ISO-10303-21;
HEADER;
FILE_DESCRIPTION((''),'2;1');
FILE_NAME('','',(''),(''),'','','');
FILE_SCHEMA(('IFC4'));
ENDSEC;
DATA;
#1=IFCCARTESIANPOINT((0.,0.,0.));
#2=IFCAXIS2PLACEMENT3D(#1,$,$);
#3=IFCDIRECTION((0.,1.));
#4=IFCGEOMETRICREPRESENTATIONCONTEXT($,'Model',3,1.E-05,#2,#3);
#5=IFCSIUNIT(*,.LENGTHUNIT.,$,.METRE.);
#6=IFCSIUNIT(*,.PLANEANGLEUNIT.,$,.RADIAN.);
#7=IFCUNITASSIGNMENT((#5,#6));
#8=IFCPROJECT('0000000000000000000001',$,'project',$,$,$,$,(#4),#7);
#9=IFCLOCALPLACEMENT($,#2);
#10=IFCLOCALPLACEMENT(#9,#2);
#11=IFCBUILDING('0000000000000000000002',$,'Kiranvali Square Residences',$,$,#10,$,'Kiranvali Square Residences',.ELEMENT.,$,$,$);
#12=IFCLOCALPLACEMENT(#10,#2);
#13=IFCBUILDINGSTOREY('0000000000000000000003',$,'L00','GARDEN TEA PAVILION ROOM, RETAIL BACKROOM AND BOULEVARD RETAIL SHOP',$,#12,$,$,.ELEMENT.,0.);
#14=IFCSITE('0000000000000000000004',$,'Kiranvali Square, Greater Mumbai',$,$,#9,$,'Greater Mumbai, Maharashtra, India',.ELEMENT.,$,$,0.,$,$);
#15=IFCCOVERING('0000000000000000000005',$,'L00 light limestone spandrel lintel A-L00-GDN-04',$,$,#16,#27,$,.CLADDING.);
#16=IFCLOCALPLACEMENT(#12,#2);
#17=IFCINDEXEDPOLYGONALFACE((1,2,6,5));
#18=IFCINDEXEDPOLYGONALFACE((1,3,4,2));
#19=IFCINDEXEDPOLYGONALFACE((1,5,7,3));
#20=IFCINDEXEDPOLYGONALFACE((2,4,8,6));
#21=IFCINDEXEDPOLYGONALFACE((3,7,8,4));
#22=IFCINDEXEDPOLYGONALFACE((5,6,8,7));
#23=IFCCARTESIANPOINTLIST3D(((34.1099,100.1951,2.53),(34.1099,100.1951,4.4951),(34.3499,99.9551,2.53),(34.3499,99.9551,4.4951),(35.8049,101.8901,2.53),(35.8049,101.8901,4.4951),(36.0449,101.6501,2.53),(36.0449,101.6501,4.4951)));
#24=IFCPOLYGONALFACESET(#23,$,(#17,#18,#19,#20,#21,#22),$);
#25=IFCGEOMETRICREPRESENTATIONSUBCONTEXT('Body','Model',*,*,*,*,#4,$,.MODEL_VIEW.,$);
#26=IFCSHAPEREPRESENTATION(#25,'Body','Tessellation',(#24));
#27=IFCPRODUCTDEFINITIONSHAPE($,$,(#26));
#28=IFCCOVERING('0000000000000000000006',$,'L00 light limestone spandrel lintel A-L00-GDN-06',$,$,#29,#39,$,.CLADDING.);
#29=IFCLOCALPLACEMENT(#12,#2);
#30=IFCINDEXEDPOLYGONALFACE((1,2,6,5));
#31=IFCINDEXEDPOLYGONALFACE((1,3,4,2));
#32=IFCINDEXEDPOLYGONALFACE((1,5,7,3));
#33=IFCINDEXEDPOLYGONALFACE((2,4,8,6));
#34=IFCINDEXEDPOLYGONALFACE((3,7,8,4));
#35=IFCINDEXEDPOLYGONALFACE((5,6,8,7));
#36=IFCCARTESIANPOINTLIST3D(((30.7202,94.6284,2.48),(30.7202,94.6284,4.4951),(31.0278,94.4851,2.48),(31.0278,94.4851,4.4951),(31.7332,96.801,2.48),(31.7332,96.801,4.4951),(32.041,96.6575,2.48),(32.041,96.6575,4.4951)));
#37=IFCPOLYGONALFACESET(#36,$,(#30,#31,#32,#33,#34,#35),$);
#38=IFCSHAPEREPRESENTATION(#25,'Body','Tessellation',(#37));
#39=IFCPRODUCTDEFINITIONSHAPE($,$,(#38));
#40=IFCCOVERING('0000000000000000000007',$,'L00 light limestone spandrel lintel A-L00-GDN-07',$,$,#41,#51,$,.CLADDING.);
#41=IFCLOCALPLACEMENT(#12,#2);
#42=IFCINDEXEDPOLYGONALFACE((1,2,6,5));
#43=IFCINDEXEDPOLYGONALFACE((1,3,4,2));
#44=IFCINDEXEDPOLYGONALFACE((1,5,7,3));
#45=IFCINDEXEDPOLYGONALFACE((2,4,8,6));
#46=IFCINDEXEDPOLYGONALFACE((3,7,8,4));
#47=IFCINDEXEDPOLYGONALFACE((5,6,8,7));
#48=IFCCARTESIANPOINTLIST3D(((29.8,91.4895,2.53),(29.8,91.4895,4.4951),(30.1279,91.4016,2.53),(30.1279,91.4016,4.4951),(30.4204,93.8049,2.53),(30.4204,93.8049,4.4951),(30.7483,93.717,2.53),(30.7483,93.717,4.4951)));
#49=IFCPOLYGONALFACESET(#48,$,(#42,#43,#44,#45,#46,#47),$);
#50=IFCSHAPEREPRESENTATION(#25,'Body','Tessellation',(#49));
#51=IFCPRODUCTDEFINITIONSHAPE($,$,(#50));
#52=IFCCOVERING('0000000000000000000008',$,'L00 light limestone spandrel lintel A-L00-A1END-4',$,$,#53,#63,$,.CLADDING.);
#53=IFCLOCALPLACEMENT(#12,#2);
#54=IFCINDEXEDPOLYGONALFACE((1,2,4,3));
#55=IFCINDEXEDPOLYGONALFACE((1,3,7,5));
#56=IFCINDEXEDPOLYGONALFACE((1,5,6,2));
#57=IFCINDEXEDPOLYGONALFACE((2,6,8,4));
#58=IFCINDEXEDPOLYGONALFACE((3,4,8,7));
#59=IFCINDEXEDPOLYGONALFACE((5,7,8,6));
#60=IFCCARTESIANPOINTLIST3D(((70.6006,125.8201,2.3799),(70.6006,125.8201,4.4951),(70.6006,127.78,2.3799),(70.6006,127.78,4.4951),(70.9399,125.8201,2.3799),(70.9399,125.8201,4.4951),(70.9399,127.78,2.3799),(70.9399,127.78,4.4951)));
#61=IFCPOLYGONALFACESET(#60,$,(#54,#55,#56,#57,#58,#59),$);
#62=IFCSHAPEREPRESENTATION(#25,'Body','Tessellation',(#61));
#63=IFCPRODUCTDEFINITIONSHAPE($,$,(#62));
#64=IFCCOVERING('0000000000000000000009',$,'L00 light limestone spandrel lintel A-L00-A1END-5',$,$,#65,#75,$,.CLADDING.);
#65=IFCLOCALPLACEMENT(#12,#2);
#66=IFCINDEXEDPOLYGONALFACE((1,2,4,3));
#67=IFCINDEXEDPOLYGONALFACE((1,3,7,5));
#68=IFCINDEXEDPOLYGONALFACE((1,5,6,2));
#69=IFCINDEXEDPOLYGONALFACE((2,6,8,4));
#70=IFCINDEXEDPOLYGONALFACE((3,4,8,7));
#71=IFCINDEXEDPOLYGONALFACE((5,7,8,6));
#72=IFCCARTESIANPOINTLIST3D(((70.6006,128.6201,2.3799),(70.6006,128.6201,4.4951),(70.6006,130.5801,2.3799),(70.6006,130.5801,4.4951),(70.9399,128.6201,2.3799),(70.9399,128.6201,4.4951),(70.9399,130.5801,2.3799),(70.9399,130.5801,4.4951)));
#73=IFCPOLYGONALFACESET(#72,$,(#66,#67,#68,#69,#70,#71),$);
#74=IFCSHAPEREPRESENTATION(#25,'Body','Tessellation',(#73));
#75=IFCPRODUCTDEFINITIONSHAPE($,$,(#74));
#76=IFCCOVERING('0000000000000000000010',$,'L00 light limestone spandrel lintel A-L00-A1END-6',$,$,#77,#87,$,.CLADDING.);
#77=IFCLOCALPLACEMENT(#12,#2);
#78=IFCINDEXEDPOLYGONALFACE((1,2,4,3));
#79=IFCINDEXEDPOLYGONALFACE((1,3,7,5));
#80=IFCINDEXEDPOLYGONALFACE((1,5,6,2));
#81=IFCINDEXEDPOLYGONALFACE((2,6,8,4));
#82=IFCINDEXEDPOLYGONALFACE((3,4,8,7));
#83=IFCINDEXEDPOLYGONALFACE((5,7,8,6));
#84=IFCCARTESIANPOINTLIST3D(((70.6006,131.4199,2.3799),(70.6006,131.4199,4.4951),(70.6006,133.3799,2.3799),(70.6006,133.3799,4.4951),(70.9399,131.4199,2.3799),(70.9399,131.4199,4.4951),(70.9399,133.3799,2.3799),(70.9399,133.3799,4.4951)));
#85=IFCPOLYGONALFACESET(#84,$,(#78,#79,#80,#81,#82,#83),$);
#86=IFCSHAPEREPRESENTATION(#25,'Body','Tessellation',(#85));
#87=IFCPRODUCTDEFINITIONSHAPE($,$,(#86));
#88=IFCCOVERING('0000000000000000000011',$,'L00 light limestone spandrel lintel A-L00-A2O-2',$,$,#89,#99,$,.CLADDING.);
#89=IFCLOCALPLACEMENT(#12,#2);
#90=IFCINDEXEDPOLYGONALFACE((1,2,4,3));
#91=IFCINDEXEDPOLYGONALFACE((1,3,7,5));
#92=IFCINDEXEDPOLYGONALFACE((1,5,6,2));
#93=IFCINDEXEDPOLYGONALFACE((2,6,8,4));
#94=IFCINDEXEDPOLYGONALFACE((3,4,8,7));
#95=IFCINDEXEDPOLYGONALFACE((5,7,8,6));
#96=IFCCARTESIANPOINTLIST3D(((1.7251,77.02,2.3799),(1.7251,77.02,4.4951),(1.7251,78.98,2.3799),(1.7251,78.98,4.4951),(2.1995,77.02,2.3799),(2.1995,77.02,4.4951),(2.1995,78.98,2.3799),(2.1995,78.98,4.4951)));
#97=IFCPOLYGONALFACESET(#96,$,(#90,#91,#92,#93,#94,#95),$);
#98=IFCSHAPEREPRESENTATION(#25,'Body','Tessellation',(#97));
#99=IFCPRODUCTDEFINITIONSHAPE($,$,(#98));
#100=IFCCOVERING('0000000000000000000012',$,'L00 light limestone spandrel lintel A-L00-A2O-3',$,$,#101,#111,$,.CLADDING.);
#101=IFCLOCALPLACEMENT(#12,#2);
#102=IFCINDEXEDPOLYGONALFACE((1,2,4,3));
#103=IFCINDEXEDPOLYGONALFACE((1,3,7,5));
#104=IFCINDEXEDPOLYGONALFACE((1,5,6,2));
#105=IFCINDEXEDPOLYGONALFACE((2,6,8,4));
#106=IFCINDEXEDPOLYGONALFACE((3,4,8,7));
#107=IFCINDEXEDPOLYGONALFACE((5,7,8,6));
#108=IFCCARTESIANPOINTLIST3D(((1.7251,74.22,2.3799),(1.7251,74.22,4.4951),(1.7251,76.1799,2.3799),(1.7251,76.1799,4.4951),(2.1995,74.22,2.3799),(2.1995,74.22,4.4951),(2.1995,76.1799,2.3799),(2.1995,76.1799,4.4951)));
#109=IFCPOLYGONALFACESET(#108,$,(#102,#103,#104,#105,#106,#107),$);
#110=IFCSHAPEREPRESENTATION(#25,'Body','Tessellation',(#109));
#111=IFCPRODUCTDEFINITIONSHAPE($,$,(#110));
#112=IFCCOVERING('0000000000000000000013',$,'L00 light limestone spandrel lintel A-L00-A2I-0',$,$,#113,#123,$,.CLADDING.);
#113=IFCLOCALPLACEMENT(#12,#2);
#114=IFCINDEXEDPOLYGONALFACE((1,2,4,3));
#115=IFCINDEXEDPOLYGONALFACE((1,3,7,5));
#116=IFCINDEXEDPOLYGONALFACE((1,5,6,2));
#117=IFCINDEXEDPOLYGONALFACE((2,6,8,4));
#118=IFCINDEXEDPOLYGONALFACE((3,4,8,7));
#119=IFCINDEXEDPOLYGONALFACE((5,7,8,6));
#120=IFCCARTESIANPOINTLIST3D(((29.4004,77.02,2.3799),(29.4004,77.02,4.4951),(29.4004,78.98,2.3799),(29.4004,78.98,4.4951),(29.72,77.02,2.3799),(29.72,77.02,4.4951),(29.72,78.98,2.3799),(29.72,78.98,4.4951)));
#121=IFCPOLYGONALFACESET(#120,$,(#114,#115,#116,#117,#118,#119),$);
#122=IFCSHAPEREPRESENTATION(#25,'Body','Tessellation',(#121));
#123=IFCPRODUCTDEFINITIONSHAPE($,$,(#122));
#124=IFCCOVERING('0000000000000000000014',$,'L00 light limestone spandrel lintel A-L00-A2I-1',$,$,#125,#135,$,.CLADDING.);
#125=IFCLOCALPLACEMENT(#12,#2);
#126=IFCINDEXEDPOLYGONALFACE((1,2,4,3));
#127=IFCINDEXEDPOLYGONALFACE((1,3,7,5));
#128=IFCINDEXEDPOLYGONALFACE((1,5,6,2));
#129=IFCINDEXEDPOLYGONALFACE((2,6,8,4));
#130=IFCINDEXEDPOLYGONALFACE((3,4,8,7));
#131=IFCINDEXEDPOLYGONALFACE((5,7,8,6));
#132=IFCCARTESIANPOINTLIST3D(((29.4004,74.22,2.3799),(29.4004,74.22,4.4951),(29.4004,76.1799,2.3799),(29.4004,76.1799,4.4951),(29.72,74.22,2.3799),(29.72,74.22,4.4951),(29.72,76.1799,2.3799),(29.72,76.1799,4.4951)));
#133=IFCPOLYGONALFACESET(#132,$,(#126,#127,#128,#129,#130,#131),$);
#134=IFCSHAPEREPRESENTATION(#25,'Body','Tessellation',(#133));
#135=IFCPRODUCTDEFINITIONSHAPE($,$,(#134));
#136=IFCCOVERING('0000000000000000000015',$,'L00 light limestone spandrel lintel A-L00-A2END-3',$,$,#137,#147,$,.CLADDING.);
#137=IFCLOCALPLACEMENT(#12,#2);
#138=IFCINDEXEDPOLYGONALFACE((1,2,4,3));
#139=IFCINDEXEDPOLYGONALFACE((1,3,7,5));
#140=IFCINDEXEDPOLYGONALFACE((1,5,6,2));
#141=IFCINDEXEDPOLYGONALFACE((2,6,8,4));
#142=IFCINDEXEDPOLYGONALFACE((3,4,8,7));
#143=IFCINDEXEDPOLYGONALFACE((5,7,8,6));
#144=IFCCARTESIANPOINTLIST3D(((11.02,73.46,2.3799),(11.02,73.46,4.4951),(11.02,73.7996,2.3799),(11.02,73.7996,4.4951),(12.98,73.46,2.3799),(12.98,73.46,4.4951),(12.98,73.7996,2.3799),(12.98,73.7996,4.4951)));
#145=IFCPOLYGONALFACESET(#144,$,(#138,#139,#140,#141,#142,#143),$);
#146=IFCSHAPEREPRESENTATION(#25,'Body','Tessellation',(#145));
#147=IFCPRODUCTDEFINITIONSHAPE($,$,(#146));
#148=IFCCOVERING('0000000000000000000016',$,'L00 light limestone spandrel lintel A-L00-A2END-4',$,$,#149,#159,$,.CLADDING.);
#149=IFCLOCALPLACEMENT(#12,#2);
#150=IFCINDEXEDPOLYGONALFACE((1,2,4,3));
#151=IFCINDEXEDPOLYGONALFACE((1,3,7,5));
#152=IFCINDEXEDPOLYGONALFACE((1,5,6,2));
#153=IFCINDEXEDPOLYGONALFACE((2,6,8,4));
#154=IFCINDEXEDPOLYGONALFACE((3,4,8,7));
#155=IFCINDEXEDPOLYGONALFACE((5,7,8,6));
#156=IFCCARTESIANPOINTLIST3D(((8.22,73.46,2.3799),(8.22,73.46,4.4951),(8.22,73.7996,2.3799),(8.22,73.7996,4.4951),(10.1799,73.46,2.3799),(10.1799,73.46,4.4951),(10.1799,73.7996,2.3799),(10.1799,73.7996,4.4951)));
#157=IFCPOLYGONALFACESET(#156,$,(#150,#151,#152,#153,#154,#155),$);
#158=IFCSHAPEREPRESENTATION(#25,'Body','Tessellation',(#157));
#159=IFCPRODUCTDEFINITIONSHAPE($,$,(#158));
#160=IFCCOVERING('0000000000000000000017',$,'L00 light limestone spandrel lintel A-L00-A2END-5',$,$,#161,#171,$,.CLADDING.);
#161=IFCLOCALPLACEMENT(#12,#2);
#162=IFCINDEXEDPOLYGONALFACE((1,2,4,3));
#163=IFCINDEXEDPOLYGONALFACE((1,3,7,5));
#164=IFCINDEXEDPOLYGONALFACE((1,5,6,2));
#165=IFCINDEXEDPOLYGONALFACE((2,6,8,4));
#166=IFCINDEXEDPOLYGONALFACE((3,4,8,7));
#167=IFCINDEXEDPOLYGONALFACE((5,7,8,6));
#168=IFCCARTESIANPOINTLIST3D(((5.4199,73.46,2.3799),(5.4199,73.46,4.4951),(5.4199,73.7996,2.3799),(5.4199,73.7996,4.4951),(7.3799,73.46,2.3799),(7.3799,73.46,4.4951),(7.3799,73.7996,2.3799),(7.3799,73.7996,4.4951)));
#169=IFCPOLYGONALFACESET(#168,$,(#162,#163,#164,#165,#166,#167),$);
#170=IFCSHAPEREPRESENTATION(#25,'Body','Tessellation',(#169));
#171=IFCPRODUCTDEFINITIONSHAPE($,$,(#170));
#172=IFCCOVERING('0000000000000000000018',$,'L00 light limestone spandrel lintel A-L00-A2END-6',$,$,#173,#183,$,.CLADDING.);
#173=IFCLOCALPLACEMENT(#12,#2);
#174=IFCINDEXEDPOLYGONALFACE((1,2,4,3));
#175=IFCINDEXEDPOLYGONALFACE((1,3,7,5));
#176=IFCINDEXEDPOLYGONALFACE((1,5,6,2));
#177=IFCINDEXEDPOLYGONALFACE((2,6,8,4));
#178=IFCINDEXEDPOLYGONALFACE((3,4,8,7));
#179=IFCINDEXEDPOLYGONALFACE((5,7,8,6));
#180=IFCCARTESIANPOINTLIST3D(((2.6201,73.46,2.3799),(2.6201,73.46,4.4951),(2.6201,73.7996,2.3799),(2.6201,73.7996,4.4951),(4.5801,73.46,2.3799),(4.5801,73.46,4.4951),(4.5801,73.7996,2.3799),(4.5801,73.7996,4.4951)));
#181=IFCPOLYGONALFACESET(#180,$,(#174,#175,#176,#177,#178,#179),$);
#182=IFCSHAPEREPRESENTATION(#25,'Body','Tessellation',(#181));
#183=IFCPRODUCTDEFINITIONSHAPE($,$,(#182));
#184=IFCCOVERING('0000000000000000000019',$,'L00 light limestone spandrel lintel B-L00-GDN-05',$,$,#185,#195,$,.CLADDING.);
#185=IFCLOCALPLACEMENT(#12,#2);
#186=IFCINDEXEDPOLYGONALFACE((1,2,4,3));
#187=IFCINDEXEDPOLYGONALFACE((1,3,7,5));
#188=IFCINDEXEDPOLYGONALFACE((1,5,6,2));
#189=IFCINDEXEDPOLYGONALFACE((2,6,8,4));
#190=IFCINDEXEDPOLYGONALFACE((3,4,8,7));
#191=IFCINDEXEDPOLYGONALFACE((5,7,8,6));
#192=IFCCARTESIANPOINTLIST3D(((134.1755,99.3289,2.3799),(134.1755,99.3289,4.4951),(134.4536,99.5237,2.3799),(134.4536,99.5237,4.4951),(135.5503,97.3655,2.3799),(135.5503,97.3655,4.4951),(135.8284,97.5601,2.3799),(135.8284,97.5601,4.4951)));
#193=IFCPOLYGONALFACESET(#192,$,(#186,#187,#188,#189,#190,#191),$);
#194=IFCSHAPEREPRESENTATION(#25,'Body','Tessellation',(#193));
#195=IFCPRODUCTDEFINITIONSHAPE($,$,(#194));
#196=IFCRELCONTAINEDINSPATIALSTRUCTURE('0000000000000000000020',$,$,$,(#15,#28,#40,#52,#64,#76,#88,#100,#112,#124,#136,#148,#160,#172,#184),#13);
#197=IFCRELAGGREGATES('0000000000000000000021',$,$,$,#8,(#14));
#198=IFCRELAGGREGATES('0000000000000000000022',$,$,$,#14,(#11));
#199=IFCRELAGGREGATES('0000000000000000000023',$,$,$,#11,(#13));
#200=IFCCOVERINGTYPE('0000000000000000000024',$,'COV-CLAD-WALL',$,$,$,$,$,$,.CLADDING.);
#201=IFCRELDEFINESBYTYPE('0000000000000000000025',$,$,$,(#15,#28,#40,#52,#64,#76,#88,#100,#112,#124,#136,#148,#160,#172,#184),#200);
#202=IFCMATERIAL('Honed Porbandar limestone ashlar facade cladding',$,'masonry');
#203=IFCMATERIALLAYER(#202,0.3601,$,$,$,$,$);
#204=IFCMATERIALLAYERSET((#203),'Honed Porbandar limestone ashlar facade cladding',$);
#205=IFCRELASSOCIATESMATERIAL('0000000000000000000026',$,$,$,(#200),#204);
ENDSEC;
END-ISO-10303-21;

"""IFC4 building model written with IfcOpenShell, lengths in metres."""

from ifc_helpers import new_model, si_unit, direction, frame, origin, place, context, subcontext, project, spatial, polyline, outline, extrude, material, layer, layer_set, type_object, element, save


model = new_model("IFC4")

# Units and contexts
model_context = context("Model", 3, precision=1e-05, world=origin(), true_north=direction((0.0, 1.0)))
body_context = subcontext(model_context, "Body", "Model", "MODEL_VIEW")
ifc_project = project(units=[si_unit("LENGTHUNIT", "METRE"), si_unit("PLANEANGLEUNIT", "RADIAN")], contexts=[model_context])

# Site, building, storey
site_placement = place(None, origin())
site = spatial("IfcSite", under=ifc_project, at=site_placement, Name="Kiranvali Square, Greater Mumbai", LongName="Greater Mumbai, Maharashtra, India", CompositionType="ELEMENT", RefElevation=0.0)
building_placement = place(site_placement, origin())
building = spatial("IfcBuilding", under=site, at=building_placement, Name="Kiranvali Square Residences", LongName="Kiranvali Square Residences", CompositionType="ELEMENT")
storey_placement = place(building_placement, origin())
storey = spatial("IfcBuildingStorey", under=building, at=storey_placement, Name="L00", Description="GARDEN TEA PAVILION ROOM, RETAIL BACKROOM AND BOULEVARD RETAIL SHOP", CompositionType="ELEMENT", Elevation=0.0)

# Coverings
ifc_material = material(Name="Honed Porbandar limestone ashlar facade cladding", Category="masonry")
ifc_layer = layer(ifc_material, 0.3601)
ifc_layer_set = layer_set([ifc_layer], Name="Honed Porbandar limestone ashlar facade cladding")
covering_type = type_object("IfcCoveringType", Name="COV-CLAD-WALL", PredefinedType="CLADDING", material=ifc_layer_set)
covering_1_placement = place(storey_placement, frame((0.0, 0.0, 2.53)))
element("IfcCovering", 1, at=covering_1_placement, inside=storey, type_object=covering_type, Name="L00 light limestone spandrel lintel A-L00-GDN-04", PredefinedType="CLADDING", context=body_context, shape_type="SweptSolid", body=[
    extrude(outline(polyline([(35.8049, 101.8901), (34.1099, 100.1951), (34.3499, 99.9551), (36.0449, 101.6501), (35.8049, 101.8901)])), origin(), (0.0, 0.0, 1.0), 1.9651),
])
covering_2_placement = place(storey_placement, frame((0.0, 0.0, 2.48)))
element("IfcCovering", 2, at=covering_2_placement, inside=storey, type_object=covering_type, Name="L00 light limestone spandrel lintel A-L00-GDN-06", PredefinedType="CLADDING", context=body_context, shape_type="SweptSolid", body=[
    extrude(outline(polyline([(31.7332, 96.801), (30.7202, 94.6284), (31.0278, 94.4851), (32.041, 96.6575), (31.7332, 96.801)])), origin(), (0.0, 0.0, 1.0), 2.0151),
])
covering_3_placement = place(storey_placement, frame((0.0, 0.0, 2.53)))
element("IfcCovering", 3, at=covering_3_placement, inside=storey, type_object=covering_type, Name="L00 light limestone spandrel lintel A-L00-GDN-07", PredefinedType="CLADDING", context=body_context, shape_type="SweptSolid", body=[
    extrude(outline(polyline([(30.4204, 93.8049), (29.8, 91.4895), (30.1279, 91.4016), (30.7483, 93.717), (30.4204, 93.8049)])), origin(), (0.0, 0.0, 1.0), 1.9651),
])
covering_4_placement = place(storey_placement, frame((0.0, 0.0, 2.3799)))
element("IfcCovering", 4, at=covering_4_placement, inside=storey, type_object=covering_type, Name="L00 light limestone spandrel lintel A-L00-A1END-4", PredefinedType="CLADDING", context=body_context, shape_type="SweptSolid", body=[
    extrude(outline(polyline([(70.9399, 125.8201), (70.9399, 127.78), (70.6006, 127.78), (70.6006, 125.8201), (70.9399, 125.8201)])), origin(), (0.0, 0.0, 1.0), 2.1152),
])
covering_5_placement = place(storey_placement, frame((0.0, 0.0, 2.3799)))
element("IfcCovering", 5, at=covering_5_placement, inside=storey, type_object=covering_type, Name="L00 light limestone spandrel lintel A-L00-A1END-5", PredefinedType="CLADDING", context=body_context, shape_type="SweptSolid", body=[
    extrude(outline(polyline([(70.9399, 128.6201), (70.9399, 130.5801), (70.6006, 130.5801), (70.6006, 128.6201), (70.9399, 128.6201)])), origin(), (0.0, 0.0, 1.0), 2.1152),
])
covering_6_placement = place(storey_placement, frame((0.0, 0.0, 2.3799)))
element("IfcCovering", 6, at=covering_6_placement, inside=storey, type_object=covering_type, Name="L00 light limestone spandrel lintel A-L00-A1END-6", PredefinedType="CLADDING", context=body_context, shape_type="SweptSolid", body=[
    extrude(outline(polyline([(70.9399, 131.4199), (70.9399, 133.3799), (70.6006, 133.3799), (70.6006, 131.4199), (70.9399, 131.4199)])), origin(), (0.0, 0.0, 1.0), 2.1152),
])
covering_7_placement = place(storey_placement, frame((0.0, 0.0, 2.3799)))
element("IfcCovering", 7, at=covering_7_placement, inside=storey, type_object=covering_type, Name="L00 light limestone spandrel lintel A-L00-A2O-2", PredefinedType="CLADDING", context=body_context, shape_type="SweptSolid", body=[
    extrude(outline(polyline([(1.7251, 78.98), (1.7251, 77.02), (2.1995, 77.02), (2.1995, 78.98), (1.7251, 78.98)])), origin(), (0.0, 0.0, 1.0), 2.1152),
])
covering_8_placement = place(storey_placement, frame((0.0, 0.0, 2.3799)))
element("IfcCovering", 8, at=covering_8_placement, inside=storey, type_object=covering_type, Name="L00 light limestone spandrel lintel A-L00-A2O-3", PredefinedType="CLADDING", context=body_context, shape_type="SweptSolid", body=[
    extrude(outline(polyline([(1.7251, 76.1799), (1.7251, 74.22), (2.1995, 74.22), (2.1995, 76.1799), (1.7251, 76.1799)])), origin(), (0.0, 0.0, 1.0), 2.1152),
])
covering_9_placement = place(storey_placement, frame((0.0, 0.0, 2.3799)))
element("IfcCovering", 9, at=covering_9_placement, inside=storey, type_object=covering_type, Name="L00 light limestone spandrel lintel A-L00-A2I-0", PredefinedType="CLADDING", context=body_context, shape_type="SweptSolid", body=[
    extrude(outline(polyline([(29.4004, 78.98), (29.4004, 77.02), (29.72, 77.02), (29.72, 78.98), (29.4004, 78.98)])), origin(), (0.0, 0.0, 1.0), 2.1152),
])
covering_10_placement = place(storey_placement, frame((0.0, 0.0, 2.3799)))
element("IfcCovering", 10, at=covering_10_placement, inside=storey, type_object=covering_type, Name="L00 light limestone spandrel lintel A-L00-A2I-1", PredefinedType="CLADDING", context=body_context, shape_type="SweptSolid", body=[
    extrude(outline(polyline([(29.4004, 76.1799), (29.4004, 74.22), (29.72, 74.22), (29.72, 76.1799), (29.4004, 76.1799)])), origin(), (0.0, 0.0, 1.0), 2.1152),
])
covering_11_placement = place(storey_placement, frame((0.0, 0.0, 2.3799)))
element("IfcCovering", 11, at=covering_11_placement, inside=storey, type_object=covering_type, Name="L00 light limestone spandrel lintel A-L00-A2END-3", PredefinedType="CLADDING", context=body_context, shape_type="SweptSolid", body=[
    extrude(outline(polyline([(12.98, 73.7996), (11.02, 73.7996), (11.02, 73.46), (12.98, 73.46), (12.98, 73.7996)])), origin(), (0.0, 0.0, 1.0), 2.1152),
])
covering_12_placement = place(storey_placement, frame((0.0, 0.0, 2.3799)))
element("IfcCovering", 12, at=covering_12_placement, inside=storey, type_object=covering_type, Name="L00 light limestone spandrel lintel A-L00-A2END-4", PredefinedType="CLADDING", context=body_context, shape_type="SweptSolid", body=[
    extrude(outline(polyline([(10.1799, 73.7996), (8.22, 73.7996), (8.22, 73.46), (10.1799, 73.46), (10.1799, 73.7996)])), origin(), (0.0, 0.0, 1.0), 2.1152),
])
covering_13_placement = place(storey_placement, frame((0.0, 0.0, 2.3799)))
element("IfcCovering", 13, at=covering_13_placement, inside=storey, type_object=covering_type, Name="L00 light limestone spandrel lintel A-L00-A2END-5", PredefinedType="CLADDING", context=body_context, shape_type="SweptSolid", body=[
    extrude(outline(polyline([(7.3799, 73.7996), (5.4199, 73.7996), (5.4199, 73.46), (7.3799, 73.46), (7.3799, 73.7996)])), origin(), (0.0, 0.0, 1.0), 2.1152),
])
covering_14_placement = place(storey_placement, frame((0.0, 0.0, 2.3799)))
element("IfcCovering", 14, at=covering_14_placement, inside=storey, type_object=covering_type, Name="L00 light limestone spandrel lintel A-L00-A2END-6", PredefinedType="CLADDING", context=body_context, shape_type="SweptSolid", body=[
    extrude(outline(polyline([(4.5801, 73.7996), (2.6201, 73.7996), (2.6201, 73.46), (4.5801, 73.46), (4.5801, 73.7996)])), origin(), (0.0, 0.0, 1.0), 2.1152),
])
covering_15_placement = place(storey_placement, frame((0.0, 0.0, 2.3799)))
element("IfcCovering", 15, at=covering_15_placement, inside=storey, type_object=covering_type, Name="L00 light limestone spandrel lintel B-L00-GDN-05", PredefinedType="CLADDING", context=body_context, shape_type="SweptSolid", body=[
    extrude(outline(polyline([(134.1755, 99.3289), (135.5503, 97.3655), (135.8284, 97.5601), (134.4536, 99.5237), (134.1755, 99.3289)])), origin(), (0.0, 0.0, 1.0), 2.1152),
])

save(model, "model.ifc")
